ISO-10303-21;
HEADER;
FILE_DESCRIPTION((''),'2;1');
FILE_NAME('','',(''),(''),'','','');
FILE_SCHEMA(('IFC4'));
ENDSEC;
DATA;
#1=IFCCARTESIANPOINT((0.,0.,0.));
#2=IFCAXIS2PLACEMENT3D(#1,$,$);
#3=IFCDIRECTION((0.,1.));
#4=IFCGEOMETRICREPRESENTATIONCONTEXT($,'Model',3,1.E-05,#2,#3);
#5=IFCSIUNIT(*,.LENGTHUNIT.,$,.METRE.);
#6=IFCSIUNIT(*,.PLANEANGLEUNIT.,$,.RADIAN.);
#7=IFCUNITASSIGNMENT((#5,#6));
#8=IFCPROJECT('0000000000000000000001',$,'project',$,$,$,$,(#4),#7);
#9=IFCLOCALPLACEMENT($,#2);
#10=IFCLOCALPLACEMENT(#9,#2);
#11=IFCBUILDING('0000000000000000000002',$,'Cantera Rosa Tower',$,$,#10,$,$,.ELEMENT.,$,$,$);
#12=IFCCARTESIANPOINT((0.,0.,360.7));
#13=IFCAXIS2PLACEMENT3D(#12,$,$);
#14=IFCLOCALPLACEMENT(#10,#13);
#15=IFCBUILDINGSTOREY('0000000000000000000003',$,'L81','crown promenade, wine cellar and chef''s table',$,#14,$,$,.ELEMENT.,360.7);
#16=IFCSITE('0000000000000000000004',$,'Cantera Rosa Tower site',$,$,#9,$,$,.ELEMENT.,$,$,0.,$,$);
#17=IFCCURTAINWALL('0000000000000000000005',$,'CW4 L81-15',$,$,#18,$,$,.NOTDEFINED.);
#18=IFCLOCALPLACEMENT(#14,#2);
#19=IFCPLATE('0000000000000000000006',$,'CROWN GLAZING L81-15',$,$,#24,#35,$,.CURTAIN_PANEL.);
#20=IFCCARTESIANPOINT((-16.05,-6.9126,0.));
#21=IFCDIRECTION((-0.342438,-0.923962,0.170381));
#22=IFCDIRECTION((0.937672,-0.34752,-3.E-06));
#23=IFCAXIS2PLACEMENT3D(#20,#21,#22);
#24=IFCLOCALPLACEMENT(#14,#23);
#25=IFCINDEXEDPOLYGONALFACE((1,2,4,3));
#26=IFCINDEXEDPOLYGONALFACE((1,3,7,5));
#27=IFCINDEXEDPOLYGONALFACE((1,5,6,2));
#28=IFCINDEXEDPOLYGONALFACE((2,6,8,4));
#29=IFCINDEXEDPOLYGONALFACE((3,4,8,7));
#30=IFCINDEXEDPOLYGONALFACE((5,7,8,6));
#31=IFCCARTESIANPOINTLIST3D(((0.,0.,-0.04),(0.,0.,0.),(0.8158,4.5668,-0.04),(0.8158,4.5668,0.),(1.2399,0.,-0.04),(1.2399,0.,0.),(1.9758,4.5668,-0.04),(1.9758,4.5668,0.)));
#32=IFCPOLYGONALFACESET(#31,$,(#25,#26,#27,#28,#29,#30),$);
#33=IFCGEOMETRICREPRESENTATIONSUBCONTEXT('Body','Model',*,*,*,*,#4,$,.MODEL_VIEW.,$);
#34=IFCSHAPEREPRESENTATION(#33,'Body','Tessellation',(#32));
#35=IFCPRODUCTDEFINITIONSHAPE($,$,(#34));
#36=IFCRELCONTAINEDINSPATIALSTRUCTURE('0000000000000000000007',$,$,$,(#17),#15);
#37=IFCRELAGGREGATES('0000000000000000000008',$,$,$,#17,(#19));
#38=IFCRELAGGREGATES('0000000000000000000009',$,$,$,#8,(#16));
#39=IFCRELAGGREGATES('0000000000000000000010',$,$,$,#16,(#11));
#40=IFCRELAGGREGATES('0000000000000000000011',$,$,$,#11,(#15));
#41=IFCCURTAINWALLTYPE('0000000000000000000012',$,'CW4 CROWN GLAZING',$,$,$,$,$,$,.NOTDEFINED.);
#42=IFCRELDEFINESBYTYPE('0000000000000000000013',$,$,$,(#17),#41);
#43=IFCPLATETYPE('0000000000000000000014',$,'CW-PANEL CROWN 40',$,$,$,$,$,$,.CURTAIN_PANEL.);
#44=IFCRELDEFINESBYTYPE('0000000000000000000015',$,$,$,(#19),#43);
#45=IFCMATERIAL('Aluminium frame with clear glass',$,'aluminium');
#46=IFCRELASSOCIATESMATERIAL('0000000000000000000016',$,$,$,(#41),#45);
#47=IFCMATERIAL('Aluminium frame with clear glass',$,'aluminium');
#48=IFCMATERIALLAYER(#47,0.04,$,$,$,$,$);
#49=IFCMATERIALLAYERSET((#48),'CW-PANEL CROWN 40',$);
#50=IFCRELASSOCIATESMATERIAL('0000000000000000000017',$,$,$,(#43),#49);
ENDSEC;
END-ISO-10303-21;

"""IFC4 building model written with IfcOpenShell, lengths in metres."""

from ifc_helpers import new_model, si_unit, direction, frame, origin, place, context, subcontext, project, spatial, polyline, outline, extrude, material, layer, layer_set, type_object, element, aggregate, save


model = new_model("IFC4")

# Units and contexts
model_context = context("Model", 3, precision=1e-05, world=origin(), true_north=direction((0.0, 1.0)))
body_context = subcontext(model_context, "Body", "Model", "MODEL_VIEW")
ifc_project = project(units=[si_unit("LENGTHUNIT", "METRE"), si_unit("PLANEANGLEUNIT", "RADIAN")], contexts=[model_context])

# Site, building, storey
site_placement = place(None, origin())
site = spatial("IfcSite", under=ifc_project, at=site_placement, Name="Cantera Rosa Tower site", CompositionType="ELEMENT", RefElevation=0.0)
building_placement = place(site_placement, origin())
building = spatial("IfcBuilding", under=site, at=building_placement, Name="Cantera Rosa Tower", CompositionType="ELEMENT")
storey_placement = place(building_placement, frame((0.0, 0.0, 360.7)))
storey = spatial("IfcBuildingStorey", under=building, at=storey_placement, Name="L81", Description="crown promenade, wine cellar and chef's table", CompositionType="ELEMENT", Elevation=360.7)

# Curtain wall
ifc_material_1 = material(Name="Aluminium frame with clear glass", Category="aluminium")
curtain_wall_type = type_object("IfcCurtainWallType", Name="CW4 CROWN GLAZING", PredefinedType="NOTDEFINED", material=ifc_material_1)
curtain_wall_1_placement = place(storey_placement, origin())
curtain_wall_1 = element("IfcCurtainWall", 1, at=curtain_wall_1_placement, inside=storey, type_object=curtain_wall_type, Name="CW4 L81-15", PredefinedType="NOTDEFINED")

# Plate
ifc_material_2 = material(Name="Aluminium frame with clear glass", Category="aluminium")
ifc_layer_1 = layer(ifc_material_2, 0.04)
ifc_layer_set_1 = layer_set([ifc_layer_1], Name="CW-PANEL CROWN 40")
plate_type = type_object("IfcPlateType", Name="CW-PANEL CROWN 40", PredefinedType="CURTAIN_PANEL", material=ifc_layer_set_1)
plate_1_placement = place(storey_placement, frame((-16.05, -6.9126, 0.0), z_axis=(-0.342438, -0.923962, 0.170381), x_axis=(0.937672, -0.34752, -0.000003)))
plate_1 = element("IfcPlate", 2, at=plate_1_placement, type_object=plate_type, Name="CROWN GLAZING L81-15", PredefinedType="CURTAIN_PANEL", context=body_context, shape_type="SweptSolid", body=[
    extrude(outline(polyline([(0.0, 0.0), (1.2399, 0.0), (1.9758, 4.5668), (0.8158, 4.5668), (0.0, 0.0)])), origin(), (0.0, 0.0, -1.0), 0.04),
])

aggregate(curtain_wall_1, [plate_1])

save(model, "model.ifc")
